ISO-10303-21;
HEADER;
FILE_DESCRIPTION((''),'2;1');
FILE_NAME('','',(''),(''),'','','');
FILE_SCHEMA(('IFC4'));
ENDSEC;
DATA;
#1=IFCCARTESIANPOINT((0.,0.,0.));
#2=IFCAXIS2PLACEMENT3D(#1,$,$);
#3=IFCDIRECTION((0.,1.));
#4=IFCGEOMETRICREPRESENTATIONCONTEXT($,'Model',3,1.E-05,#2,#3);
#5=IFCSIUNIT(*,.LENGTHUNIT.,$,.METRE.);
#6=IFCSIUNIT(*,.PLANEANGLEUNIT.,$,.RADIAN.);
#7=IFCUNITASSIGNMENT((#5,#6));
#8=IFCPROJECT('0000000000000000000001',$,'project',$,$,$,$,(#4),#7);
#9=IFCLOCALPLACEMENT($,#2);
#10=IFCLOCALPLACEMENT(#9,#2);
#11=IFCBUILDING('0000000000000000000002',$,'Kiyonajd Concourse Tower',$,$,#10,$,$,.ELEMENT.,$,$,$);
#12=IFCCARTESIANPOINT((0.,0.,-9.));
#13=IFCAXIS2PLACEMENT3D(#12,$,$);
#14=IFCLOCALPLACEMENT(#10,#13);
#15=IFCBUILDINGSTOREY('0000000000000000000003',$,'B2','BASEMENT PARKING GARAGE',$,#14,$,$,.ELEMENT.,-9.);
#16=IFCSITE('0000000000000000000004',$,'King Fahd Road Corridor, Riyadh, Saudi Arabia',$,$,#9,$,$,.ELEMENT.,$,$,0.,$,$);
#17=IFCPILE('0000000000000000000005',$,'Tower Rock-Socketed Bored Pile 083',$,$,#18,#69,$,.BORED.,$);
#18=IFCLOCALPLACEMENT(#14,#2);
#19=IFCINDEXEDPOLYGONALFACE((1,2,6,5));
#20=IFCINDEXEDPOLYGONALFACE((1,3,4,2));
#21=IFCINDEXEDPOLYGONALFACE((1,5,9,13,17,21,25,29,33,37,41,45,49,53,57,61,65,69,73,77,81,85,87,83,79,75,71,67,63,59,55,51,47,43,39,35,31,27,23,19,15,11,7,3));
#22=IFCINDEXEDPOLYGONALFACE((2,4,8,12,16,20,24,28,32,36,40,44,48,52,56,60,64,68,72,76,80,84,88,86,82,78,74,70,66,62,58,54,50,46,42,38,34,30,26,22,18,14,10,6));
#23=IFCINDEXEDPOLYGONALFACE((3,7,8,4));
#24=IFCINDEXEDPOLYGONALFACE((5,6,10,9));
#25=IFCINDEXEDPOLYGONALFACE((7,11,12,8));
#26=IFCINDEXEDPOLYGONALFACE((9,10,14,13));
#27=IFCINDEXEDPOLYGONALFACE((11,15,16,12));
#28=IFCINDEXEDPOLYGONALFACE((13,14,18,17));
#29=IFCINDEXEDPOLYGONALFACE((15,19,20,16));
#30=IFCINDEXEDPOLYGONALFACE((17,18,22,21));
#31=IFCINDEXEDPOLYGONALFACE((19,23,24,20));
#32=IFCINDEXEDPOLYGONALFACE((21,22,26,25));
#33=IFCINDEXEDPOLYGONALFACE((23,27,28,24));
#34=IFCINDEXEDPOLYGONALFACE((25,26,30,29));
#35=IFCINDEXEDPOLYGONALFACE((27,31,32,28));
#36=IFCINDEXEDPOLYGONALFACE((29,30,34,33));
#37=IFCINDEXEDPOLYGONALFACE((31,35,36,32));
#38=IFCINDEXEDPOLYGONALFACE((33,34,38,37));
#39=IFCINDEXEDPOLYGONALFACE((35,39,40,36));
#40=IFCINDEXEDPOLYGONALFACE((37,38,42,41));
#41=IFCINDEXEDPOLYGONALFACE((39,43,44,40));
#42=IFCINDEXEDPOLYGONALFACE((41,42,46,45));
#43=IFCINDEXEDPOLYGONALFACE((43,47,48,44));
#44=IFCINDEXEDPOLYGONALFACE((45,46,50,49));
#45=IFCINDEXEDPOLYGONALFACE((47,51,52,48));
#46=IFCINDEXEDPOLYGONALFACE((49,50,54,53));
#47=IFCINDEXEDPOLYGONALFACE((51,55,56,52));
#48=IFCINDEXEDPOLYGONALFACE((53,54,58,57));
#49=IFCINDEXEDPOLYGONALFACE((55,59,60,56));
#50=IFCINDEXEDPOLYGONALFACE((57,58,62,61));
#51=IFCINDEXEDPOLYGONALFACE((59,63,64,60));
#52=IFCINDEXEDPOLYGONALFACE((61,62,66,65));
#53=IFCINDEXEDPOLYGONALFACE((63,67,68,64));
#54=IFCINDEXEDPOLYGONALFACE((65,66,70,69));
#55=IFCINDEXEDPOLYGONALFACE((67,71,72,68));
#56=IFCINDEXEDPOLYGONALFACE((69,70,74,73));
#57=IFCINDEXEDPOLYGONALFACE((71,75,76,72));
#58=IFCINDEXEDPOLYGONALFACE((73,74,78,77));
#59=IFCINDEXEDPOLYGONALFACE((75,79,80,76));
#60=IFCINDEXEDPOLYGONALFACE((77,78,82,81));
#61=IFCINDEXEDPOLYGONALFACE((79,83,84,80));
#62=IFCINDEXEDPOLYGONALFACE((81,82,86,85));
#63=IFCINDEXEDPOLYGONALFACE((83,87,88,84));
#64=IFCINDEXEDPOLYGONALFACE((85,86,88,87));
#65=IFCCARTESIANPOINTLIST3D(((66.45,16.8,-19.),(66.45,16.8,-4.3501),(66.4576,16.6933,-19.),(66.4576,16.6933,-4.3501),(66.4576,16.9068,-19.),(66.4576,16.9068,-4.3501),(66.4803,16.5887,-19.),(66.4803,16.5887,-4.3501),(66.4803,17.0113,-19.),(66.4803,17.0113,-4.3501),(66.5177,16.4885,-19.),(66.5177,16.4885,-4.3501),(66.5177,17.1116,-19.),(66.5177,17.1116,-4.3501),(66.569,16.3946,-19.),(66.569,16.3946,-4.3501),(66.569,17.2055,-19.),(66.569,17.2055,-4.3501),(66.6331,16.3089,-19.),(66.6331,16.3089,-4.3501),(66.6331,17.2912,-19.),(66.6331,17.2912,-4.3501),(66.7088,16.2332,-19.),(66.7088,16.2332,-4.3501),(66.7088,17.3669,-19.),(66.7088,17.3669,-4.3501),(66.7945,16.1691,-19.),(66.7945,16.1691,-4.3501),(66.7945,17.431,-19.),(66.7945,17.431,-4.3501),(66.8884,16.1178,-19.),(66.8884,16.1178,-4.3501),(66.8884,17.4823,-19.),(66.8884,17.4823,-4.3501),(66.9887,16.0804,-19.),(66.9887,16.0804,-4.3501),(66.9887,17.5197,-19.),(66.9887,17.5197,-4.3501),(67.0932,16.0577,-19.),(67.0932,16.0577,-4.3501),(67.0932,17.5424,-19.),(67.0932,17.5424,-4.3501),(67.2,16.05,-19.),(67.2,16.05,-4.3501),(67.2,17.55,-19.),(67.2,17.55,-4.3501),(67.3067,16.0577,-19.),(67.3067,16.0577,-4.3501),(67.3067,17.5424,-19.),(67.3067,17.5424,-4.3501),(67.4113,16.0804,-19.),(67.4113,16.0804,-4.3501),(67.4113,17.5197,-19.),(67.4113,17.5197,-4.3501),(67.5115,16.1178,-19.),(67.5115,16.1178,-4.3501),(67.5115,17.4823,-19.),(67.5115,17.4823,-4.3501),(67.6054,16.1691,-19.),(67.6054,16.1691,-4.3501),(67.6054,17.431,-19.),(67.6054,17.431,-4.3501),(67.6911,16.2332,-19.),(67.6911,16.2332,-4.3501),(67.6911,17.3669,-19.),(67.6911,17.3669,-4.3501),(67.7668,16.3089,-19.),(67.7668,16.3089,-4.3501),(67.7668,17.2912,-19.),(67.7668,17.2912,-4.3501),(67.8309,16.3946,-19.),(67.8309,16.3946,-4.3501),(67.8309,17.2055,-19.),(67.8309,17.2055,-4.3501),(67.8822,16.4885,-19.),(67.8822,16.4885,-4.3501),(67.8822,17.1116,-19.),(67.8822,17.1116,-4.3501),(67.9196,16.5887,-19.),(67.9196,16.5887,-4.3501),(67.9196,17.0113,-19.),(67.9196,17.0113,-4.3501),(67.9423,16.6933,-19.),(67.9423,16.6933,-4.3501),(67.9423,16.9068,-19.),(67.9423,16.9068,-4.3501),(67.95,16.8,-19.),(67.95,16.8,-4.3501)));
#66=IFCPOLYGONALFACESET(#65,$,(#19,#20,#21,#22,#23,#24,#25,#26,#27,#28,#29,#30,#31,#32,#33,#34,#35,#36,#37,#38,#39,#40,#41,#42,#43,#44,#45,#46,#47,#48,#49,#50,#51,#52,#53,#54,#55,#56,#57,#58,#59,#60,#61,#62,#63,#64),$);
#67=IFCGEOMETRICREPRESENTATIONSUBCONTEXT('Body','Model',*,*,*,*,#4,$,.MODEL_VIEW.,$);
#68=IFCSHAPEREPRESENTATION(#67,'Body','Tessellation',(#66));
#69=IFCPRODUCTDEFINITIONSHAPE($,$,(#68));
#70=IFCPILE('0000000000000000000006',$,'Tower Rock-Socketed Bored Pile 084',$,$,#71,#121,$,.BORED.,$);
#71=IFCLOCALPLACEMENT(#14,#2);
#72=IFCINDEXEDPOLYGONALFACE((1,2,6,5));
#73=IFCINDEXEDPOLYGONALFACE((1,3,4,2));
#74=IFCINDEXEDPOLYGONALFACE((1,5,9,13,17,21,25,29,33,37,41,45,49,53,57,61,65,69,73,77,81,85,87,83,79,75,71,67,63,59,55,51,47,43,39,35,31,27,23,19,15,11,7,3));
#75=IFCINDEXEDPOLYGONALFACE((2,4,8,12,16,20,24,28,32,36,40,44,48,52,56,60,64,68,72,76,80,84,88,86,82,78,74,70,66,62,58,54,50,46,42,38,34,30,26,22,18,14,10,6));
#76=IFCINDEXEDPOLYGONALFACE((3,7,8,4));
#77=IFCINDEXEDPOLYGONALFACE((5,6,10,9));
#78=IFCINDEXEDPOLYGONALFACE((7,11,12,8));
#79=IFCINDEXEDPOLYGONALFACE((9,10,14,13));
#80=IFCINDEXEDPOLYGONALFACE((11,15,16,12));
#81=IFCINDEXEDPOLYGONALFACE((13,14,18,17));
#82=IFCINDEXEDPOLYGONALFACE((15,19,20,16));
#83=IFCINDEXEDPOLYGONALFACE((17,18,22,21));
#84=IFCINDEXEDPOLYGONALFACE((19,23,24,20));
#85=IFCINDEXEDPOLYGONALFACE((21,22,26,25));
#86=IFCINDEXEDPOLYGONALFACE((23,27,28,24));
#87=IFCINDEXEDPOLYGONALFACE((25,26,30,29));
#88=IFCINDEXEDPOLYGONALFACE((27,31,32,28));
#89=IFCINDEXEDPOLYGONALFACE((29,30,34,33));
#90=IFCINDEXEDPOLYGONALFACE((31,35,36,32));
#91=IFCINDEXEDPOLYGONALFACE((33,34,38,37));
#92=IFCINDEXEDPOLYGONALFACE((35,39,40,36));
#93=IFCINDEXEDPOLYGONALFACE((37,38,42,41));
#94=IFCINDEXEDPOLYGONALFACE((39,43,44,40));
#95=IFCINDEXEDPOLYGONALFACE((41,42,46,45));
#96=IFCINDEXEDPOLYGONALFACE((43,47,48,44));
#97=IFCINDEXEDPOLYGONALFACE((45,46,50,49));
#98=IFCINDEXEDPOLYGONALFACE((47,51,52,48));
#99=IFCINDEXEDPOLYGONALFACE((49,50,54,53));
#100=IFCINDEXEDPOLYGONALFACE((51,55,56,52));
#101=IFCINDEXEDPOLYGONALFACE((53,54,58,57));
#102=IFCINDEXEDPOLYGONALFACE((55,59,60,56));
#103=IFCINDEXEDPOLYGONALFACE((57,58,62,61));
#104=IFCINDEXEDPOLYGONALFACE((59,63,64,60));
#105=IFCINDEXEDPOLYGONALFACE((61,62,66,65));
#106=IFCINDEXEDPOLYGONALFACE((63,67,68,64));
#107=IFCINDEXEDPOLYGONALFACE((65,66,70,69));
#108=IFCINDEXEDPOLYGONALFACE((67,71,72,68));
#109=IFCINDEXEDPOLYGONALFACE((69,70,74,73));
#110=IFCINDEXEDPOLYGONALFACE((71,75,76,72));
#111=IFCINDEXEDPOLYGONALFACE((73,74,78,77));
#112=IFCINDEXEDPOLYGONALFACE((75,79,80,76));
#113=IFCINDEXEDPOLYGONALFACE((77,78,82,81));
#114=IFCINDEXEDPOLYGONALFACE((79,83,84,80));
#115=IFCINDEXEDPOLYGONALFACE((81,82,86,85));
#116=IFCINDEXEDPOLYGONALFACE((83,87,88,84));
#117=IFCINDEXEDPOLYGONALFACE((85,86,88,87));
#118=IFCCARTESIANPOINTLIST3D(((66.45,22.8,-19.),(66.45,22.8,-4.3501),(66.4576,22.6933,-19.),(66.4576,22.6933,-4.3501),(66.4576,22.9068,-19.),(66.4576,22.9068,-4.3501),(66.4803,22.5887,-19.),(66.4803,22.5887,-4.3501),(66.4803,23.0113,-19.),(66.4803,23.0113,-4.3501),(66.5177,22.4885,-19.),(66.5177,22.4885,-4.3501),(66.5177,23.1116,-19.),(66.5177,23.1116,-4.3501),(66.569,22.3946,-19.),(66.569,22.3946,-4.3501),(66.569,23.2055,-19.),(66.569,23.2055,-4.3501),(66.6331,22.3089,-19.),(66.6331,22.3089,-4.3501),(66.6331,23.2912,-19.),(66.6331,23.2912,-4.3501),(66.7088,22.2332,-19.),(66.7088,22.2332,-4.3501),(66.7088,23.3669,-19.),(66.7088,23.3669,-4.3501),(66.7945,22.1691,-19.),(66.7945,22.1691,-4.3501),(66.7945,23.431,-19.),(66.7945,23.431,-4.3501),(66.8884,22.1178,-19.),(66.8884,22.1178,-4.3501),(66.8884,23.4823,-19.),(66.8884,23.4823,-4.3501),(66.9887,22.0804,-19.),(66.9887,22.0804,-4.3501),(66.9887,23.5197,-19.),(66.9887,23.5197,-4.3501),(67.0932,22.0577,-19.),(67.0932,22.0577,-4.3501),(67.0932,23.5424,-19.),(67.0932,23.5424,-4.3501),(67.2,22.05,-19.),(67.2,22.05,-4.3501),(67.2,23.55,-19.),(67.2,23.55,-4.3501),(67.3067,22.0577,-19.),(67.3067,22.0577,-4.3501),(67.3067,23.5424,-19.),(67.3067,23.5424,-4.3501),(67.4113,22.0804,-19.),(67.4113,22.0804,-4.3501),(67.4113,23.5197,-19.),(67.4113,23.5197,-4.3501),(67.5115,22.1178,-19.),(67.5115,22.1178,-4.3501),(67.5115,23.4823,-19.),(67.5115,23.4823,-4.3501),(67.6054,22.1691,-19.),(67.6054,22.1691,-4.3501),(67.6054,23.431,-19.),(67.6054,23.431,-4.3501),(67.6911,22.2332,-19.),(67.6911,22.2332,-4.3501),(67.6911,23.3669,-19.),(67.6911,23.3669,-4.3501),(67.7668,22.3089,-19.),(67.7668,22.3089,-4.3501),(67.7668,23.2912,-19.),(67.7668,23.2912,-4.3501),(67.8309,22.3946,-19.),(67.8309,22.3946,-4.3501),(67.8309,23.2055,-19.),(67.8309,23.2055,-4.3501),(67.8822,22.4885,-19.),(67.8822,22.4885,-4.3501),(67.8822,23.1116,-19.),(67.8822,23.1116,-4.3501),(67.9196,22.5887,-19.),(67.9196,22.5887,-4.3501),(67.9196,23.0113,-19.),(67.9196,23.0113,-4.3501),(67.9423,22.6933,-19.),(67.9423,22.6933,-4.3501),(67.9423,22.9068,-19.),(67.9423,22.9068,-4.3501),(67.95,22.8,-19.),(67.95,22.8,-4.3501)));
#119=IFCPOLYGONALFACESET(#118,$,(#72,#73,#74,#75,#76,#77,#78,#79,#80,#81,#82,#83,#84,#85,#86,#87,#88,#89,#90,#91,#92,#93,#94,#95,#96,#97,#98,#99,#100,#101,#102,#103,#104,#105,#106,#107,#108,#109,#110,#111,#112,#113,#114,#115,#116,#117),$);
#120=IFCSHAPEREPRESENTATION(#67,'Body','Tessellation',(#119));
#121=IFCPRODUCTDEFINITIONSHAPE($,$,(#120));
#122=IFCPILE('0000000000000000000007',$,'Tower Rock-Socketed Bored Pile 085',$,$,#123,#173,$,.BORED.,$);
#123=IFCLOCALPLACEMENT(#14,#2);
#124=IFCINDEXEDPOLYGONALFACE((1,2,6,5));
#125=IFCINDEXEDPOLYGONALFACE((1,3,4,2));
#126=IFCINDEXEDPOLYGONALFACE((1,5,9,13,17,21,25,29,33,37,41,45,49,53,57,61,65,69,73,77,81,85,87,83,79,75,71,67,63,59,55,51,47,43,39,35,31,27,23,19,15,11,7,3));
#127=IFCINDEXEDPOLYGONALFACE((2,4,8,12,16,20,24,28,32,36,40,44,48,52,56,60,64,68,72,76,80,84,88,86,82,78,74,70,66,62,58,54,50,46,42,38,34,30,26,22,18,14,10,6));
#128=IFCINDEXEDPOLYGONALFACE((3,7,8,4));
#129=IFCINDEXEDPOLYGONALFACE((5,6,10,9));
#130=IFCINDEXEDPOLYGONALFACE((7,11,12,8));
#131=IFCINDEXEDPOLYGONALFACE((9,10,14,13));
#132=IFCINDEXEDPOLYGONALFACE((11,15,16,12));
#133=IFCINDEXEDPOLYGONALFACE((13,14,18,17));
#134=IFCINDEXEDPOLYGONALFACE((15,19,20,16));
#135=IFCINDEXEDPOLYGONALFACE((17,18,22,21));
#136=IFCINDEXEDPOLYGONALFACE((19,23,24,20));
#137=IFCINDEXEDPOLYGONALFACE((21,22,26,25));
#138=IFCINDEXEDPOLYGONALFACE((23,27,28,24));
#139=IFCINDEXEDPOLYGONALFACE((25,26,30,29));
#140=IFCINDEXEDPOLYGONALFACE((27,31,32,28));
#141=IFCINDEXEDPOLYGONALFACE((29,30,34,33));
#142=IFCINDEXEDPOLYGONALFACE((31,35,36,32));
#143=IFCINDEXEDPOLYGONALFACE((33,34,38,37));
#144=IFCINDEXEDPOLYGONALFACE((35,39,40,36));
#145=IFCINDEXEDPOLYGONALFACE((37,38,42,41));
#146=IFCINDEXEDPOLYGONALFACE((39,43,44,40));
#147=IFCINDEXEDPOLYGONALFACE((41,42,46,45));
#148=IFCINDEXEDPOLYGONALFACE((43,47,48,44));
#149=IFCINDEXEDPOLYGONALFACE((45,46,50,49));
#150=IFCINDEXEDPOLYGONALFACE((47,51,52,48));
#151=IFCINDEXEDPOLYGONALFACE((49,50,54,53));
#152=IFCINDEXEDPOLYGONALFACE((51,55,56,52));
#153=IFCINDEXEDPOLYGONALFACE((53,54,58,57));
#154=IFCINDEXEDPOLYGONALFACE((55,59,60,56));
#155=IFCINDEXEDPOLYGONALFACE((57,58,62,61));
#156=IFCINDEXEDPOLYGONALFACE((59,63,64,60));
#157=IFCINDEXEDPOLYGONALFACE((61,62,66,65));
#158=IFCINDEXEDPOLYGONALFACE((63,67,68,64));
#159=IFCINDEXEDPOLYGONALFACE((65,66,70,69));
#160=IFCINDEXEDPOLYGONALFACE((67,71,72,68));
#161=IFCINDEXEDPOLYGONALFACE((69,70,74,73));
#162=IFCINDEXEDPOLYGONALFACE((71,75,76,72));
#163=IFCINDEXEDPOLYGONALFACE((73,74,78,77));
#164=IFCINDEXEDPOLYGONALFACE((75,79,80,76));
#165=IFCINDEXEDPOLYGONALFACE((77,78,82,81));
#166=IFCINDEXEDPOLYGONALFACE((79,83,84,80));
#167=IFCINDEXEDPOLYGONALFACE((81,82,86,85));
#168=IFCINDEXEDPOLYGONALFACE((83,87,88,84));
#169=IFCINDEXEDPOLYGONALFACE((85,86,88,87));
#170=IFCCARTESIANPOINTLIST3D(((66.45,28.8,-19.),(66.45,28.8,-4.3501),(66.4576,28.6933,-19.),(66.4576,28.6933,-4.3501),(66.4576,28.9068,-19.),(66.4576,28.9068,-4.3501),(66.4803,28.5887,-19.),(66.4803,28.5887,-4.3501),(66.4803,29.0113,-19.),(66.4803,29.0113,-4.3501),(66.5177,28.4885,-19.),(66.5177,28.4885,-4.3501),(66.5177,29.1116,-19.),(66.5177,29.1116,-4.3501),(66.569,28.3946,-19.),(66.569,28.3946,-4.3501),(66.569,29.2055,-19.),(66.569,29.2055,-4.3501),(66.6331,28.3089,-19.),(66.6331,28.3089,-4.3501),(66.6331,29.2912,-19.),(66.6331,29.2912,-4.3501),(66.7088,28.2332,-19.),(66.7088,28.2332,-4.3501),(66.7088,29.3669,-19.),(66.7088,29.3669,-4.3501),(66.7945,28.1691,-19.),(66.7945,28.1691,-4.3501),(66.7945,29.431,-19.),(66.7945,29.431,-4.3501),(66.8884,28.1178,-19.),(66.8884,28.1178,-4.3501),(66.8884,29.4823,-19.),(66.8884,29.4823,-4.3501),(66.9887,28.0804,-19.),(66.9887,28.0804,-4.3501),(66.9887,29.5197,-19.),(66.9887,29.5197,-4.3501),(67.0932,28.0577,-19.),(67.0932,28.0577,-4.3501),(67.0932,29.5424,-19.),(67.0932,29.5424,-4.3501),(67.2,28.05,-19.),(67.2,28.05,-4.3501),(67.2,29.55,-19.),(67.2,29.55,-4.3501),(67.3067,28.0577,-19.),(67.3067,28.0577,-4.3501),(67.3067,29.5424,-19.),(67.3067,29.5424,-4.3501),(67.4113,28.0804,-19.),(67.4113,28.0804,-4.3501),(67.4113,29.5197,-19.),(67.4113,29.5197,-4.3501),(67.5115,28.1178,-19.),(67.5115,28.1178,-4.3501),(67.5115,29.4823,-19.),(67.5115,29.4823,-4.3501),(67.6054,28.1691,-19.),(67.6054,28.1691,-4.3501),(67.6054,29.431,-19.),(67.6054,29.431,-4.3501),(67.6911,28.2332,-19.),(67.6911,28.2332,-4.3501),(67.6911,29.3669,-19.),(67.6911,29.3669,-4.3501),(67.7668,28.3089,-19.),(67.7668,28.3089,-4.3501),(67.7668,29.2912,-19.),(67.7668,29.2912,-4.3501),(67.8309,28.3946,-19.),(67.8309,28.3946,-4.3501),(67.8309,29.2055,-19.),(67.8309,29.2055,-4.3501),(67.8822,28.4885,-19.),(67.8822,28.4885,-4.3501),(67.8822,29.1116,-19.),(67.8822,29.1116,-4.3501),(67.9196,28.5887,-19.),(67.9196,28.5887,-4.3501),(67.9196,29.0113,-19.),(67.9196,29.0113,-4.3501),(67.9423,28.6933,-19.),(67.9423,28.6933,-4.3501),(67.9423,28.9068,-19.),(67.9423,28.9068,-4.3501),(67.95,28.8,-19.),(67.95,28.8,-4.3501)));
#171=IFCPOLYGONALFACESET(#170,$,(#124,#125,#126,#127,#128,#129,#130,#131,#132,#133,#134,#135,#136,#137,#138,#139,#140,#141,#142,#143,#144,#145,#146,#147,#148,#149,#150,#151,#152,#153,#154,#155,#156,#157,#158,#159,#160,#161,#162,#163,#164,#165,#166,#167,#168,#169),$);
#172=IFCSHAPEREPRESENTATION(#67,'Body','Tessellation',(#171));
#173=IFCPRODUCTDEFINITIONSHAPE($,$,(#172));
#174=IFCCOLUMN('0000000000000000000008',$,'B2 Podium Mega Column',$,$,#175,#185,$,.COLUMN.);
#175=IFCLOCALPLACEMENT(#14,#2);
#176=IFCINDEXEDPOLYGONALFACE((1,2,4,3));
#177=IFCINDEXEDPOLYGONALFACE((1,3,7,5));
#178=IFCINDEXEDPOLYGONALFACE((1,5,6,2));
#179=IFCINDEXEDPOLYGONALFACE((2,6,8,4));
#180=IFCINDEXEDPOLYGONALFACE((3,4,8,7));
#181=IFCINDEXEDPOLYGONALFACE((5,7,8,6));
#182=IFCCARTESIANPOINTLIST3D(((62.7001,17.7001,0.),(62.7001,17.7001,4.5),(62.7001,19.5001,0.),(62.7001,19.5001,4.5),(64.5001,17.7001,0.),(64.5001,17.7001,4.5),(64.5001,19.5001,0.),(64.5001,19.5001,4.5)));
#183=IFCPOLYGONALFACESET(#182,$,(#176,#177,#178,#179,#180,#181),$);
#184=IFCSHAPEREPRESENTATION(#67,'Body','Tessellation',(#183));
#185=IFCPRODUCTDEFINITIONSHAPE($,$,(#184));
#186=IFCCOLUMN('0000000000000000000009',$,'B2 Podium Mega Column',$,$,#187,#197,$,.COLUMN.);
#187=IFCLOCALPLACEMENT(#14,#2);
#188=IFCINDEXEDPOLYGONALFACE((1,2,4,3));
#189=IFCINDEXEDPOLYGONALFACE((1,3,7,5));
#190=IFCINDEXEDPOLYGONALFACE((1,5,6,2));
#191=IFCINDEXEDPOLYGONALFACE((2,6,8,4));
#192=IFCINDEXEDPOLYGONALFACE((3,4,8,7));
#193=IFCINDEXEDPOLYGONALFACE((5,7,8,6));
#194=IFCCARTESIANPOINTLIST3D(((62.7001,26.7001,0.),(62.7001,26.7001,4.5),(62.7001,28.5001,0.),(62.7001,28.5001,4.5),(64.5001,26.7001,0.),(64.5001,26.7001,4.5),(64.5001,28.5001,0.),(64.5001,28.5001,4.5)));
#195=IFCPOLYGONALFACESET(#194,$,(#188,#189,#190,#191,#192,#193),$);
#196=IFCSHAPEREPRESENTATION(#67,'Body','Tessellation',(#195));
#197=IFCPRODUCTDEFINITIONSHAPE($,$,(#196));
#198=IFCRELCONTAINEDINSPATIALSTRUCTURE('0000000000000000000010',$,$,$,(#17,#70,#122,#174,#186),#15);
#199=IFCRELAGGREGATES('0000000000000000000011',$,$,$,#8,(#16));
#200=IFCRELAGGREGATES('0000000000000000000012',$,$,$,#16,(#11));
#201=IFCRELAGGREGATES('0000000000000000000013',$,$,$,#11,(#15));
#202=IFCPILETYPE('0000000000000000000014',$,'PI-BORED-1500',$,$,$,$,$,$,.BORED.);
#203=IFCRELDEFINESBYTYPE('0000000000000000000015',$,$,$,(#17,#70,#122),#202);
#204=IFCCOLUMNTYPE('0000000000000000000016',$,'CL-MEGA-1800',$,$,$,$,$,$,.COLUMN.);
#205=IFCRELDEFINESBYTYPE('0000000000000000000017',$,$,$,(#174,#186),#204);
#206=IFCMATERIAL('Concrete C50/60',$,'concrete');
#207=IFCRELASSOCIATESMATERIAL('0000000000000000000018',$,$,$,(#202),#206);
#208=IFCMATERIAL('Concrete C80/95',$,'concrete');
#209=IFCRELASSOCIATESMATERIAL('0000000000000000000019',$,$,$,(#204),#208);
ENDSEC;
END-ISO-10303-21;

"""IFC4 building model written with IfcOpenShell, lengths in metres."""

from ifc_helpers import new_model, si_unit, direction, frame, origin, origin_2d, place, context, subcontext, project, spatial, rectangle, circle, extrude, material, material_profile, profile_set, type_object, element, save


model = new_model("IFC4")

# Units and contexts
model_context = context("Model", 3, precision=1e-05, world=origin(), true_north=direction((0.0, 1.0)))
body_context = subcontext(model_context, "Body", "Model", "MODEL_VIEW")
ifc_project = project(units=[si_unit("LENGTHUNIT", "METRE"), si_unit("PLANEANGLEUNIT", "RADIAN")], contexts=[model_context])

# Site, building, storey
site_placement = place(None, origin())
site = spatial("IfcSite", under=ifc_project, at=site_placement, Name="King Fahd Road Corridor, Riyadh, Saudi Arabia", CompositionType="ELEMENT", RefElevation=0.0)
building_placement = place(site_placement, origin())
building = spatial("IfcBuilding", under=site, at=building_placement, Name="Kiyonajd Concourse Tower", CompositionType="ELEMENT")
storey_placement = place(building_placement, frame((0.0, 0.0, -9.0)))
storey = spatial("IfcBuildingStorey", under=building, at=storey_placement, Name="B2", Description="BASEMENT PARKING GARAGE", CompositionType="ELEMENT", Elevation=-9.0)

# Piles
ifc_material_1 = material(Name="Concrete C50/60", Category="concrete")
ifc_material_profile_1 = material_profile(ifc_material_1, circle(Radius=0.75, at=origin_2d()), Name="PILE-D1500")
ifc_profile_set_1 = profile_set([ifc_material_profile_1], Name="Concrete C50/60")
pile_type = type_object("IfcPileType", Name="PI-BORED-1500", PredefinedType="BORED", material=ifc_profile_set_1)
for number, where, z_axis, x_axis, name in (
    (1, (67.2, 16.8, -4.3501), (0.0, 0.0, -1.0), (1.0, 0.0, 0.0), "Tower Rock-Socketed Bored Pile 083"),
    (2, (67.2, 22.8, -4.3501), (0.0, 0.0, -1.0), (1.0, 0.0, 0.0), "Tower Rock-Socketed Bored Pile 084"),
    (3, (67.2, 28.8, -4.3501), (0.0, 0.0, -1.0), (1.0, 0.0, 0.0), "Tower Rock-Socketed Bored Pile 085"),
):
    element("IfcPile", number, at=place(storey_placement, frame(where, z_axis=z_axis, x_axis=x_axis)), inside=storey, type_object=pile_type, Name=name, PredefinedType="BORED", context=body_context, shape_type="SweptSolid", body=[
        extrude(circle(Radius=0.75, at=origin_2d()), origin(), (0.0, 0.0, 1.0), 14.6499),
    ])

# Columns
ifc_material_2 = material(Name="Concrete C80/95", Category="concrete")
ifc_material_profile_2 = material_profile(ifc_material_2, rectangle(XDim=1.8, YDim=1.8, at=origin_2d()), Name="RC-1800x1800")
ifc_profile_set_2 = profile_set([ifc_material_profile_2], Name="Concrete C80/95")
column_type = type_object("IfcColumnType", Name="CL-MEGA-1800", PredefinedType="COLUMN", material=ifc_profile_set_2)
for number, where, z_axis, x_axis, name in (
    (4, (63.6001, 18.6001, 0.0), (0.0, 0.0, 1.0), (1.0, 0.0, 0.0), "B2 Podium Mega Column"),
    (5, (63.6001, 27.6001, 0.0), (0.0, 0.0, 1.0), (1.0, 0.0, 0.0), "B2 Podium Mega Column"),
):
    element("IfcColumn", number, at=place(storey_placement, frame(where, z_axis=z_axis, x_axis=x_axis)), inside=storey, type_object=column_type, Name=name, PredefinedType="COLUMN", context=body_context, shape_type="SweptSolid", body=[
        extrude(rectangle(XDim=1.8, YDim=1.8, at=origin_2d()), origin(), (0.0, 0.0, 1.0), 4.5),
    ])

save(model, "model.ifc")
